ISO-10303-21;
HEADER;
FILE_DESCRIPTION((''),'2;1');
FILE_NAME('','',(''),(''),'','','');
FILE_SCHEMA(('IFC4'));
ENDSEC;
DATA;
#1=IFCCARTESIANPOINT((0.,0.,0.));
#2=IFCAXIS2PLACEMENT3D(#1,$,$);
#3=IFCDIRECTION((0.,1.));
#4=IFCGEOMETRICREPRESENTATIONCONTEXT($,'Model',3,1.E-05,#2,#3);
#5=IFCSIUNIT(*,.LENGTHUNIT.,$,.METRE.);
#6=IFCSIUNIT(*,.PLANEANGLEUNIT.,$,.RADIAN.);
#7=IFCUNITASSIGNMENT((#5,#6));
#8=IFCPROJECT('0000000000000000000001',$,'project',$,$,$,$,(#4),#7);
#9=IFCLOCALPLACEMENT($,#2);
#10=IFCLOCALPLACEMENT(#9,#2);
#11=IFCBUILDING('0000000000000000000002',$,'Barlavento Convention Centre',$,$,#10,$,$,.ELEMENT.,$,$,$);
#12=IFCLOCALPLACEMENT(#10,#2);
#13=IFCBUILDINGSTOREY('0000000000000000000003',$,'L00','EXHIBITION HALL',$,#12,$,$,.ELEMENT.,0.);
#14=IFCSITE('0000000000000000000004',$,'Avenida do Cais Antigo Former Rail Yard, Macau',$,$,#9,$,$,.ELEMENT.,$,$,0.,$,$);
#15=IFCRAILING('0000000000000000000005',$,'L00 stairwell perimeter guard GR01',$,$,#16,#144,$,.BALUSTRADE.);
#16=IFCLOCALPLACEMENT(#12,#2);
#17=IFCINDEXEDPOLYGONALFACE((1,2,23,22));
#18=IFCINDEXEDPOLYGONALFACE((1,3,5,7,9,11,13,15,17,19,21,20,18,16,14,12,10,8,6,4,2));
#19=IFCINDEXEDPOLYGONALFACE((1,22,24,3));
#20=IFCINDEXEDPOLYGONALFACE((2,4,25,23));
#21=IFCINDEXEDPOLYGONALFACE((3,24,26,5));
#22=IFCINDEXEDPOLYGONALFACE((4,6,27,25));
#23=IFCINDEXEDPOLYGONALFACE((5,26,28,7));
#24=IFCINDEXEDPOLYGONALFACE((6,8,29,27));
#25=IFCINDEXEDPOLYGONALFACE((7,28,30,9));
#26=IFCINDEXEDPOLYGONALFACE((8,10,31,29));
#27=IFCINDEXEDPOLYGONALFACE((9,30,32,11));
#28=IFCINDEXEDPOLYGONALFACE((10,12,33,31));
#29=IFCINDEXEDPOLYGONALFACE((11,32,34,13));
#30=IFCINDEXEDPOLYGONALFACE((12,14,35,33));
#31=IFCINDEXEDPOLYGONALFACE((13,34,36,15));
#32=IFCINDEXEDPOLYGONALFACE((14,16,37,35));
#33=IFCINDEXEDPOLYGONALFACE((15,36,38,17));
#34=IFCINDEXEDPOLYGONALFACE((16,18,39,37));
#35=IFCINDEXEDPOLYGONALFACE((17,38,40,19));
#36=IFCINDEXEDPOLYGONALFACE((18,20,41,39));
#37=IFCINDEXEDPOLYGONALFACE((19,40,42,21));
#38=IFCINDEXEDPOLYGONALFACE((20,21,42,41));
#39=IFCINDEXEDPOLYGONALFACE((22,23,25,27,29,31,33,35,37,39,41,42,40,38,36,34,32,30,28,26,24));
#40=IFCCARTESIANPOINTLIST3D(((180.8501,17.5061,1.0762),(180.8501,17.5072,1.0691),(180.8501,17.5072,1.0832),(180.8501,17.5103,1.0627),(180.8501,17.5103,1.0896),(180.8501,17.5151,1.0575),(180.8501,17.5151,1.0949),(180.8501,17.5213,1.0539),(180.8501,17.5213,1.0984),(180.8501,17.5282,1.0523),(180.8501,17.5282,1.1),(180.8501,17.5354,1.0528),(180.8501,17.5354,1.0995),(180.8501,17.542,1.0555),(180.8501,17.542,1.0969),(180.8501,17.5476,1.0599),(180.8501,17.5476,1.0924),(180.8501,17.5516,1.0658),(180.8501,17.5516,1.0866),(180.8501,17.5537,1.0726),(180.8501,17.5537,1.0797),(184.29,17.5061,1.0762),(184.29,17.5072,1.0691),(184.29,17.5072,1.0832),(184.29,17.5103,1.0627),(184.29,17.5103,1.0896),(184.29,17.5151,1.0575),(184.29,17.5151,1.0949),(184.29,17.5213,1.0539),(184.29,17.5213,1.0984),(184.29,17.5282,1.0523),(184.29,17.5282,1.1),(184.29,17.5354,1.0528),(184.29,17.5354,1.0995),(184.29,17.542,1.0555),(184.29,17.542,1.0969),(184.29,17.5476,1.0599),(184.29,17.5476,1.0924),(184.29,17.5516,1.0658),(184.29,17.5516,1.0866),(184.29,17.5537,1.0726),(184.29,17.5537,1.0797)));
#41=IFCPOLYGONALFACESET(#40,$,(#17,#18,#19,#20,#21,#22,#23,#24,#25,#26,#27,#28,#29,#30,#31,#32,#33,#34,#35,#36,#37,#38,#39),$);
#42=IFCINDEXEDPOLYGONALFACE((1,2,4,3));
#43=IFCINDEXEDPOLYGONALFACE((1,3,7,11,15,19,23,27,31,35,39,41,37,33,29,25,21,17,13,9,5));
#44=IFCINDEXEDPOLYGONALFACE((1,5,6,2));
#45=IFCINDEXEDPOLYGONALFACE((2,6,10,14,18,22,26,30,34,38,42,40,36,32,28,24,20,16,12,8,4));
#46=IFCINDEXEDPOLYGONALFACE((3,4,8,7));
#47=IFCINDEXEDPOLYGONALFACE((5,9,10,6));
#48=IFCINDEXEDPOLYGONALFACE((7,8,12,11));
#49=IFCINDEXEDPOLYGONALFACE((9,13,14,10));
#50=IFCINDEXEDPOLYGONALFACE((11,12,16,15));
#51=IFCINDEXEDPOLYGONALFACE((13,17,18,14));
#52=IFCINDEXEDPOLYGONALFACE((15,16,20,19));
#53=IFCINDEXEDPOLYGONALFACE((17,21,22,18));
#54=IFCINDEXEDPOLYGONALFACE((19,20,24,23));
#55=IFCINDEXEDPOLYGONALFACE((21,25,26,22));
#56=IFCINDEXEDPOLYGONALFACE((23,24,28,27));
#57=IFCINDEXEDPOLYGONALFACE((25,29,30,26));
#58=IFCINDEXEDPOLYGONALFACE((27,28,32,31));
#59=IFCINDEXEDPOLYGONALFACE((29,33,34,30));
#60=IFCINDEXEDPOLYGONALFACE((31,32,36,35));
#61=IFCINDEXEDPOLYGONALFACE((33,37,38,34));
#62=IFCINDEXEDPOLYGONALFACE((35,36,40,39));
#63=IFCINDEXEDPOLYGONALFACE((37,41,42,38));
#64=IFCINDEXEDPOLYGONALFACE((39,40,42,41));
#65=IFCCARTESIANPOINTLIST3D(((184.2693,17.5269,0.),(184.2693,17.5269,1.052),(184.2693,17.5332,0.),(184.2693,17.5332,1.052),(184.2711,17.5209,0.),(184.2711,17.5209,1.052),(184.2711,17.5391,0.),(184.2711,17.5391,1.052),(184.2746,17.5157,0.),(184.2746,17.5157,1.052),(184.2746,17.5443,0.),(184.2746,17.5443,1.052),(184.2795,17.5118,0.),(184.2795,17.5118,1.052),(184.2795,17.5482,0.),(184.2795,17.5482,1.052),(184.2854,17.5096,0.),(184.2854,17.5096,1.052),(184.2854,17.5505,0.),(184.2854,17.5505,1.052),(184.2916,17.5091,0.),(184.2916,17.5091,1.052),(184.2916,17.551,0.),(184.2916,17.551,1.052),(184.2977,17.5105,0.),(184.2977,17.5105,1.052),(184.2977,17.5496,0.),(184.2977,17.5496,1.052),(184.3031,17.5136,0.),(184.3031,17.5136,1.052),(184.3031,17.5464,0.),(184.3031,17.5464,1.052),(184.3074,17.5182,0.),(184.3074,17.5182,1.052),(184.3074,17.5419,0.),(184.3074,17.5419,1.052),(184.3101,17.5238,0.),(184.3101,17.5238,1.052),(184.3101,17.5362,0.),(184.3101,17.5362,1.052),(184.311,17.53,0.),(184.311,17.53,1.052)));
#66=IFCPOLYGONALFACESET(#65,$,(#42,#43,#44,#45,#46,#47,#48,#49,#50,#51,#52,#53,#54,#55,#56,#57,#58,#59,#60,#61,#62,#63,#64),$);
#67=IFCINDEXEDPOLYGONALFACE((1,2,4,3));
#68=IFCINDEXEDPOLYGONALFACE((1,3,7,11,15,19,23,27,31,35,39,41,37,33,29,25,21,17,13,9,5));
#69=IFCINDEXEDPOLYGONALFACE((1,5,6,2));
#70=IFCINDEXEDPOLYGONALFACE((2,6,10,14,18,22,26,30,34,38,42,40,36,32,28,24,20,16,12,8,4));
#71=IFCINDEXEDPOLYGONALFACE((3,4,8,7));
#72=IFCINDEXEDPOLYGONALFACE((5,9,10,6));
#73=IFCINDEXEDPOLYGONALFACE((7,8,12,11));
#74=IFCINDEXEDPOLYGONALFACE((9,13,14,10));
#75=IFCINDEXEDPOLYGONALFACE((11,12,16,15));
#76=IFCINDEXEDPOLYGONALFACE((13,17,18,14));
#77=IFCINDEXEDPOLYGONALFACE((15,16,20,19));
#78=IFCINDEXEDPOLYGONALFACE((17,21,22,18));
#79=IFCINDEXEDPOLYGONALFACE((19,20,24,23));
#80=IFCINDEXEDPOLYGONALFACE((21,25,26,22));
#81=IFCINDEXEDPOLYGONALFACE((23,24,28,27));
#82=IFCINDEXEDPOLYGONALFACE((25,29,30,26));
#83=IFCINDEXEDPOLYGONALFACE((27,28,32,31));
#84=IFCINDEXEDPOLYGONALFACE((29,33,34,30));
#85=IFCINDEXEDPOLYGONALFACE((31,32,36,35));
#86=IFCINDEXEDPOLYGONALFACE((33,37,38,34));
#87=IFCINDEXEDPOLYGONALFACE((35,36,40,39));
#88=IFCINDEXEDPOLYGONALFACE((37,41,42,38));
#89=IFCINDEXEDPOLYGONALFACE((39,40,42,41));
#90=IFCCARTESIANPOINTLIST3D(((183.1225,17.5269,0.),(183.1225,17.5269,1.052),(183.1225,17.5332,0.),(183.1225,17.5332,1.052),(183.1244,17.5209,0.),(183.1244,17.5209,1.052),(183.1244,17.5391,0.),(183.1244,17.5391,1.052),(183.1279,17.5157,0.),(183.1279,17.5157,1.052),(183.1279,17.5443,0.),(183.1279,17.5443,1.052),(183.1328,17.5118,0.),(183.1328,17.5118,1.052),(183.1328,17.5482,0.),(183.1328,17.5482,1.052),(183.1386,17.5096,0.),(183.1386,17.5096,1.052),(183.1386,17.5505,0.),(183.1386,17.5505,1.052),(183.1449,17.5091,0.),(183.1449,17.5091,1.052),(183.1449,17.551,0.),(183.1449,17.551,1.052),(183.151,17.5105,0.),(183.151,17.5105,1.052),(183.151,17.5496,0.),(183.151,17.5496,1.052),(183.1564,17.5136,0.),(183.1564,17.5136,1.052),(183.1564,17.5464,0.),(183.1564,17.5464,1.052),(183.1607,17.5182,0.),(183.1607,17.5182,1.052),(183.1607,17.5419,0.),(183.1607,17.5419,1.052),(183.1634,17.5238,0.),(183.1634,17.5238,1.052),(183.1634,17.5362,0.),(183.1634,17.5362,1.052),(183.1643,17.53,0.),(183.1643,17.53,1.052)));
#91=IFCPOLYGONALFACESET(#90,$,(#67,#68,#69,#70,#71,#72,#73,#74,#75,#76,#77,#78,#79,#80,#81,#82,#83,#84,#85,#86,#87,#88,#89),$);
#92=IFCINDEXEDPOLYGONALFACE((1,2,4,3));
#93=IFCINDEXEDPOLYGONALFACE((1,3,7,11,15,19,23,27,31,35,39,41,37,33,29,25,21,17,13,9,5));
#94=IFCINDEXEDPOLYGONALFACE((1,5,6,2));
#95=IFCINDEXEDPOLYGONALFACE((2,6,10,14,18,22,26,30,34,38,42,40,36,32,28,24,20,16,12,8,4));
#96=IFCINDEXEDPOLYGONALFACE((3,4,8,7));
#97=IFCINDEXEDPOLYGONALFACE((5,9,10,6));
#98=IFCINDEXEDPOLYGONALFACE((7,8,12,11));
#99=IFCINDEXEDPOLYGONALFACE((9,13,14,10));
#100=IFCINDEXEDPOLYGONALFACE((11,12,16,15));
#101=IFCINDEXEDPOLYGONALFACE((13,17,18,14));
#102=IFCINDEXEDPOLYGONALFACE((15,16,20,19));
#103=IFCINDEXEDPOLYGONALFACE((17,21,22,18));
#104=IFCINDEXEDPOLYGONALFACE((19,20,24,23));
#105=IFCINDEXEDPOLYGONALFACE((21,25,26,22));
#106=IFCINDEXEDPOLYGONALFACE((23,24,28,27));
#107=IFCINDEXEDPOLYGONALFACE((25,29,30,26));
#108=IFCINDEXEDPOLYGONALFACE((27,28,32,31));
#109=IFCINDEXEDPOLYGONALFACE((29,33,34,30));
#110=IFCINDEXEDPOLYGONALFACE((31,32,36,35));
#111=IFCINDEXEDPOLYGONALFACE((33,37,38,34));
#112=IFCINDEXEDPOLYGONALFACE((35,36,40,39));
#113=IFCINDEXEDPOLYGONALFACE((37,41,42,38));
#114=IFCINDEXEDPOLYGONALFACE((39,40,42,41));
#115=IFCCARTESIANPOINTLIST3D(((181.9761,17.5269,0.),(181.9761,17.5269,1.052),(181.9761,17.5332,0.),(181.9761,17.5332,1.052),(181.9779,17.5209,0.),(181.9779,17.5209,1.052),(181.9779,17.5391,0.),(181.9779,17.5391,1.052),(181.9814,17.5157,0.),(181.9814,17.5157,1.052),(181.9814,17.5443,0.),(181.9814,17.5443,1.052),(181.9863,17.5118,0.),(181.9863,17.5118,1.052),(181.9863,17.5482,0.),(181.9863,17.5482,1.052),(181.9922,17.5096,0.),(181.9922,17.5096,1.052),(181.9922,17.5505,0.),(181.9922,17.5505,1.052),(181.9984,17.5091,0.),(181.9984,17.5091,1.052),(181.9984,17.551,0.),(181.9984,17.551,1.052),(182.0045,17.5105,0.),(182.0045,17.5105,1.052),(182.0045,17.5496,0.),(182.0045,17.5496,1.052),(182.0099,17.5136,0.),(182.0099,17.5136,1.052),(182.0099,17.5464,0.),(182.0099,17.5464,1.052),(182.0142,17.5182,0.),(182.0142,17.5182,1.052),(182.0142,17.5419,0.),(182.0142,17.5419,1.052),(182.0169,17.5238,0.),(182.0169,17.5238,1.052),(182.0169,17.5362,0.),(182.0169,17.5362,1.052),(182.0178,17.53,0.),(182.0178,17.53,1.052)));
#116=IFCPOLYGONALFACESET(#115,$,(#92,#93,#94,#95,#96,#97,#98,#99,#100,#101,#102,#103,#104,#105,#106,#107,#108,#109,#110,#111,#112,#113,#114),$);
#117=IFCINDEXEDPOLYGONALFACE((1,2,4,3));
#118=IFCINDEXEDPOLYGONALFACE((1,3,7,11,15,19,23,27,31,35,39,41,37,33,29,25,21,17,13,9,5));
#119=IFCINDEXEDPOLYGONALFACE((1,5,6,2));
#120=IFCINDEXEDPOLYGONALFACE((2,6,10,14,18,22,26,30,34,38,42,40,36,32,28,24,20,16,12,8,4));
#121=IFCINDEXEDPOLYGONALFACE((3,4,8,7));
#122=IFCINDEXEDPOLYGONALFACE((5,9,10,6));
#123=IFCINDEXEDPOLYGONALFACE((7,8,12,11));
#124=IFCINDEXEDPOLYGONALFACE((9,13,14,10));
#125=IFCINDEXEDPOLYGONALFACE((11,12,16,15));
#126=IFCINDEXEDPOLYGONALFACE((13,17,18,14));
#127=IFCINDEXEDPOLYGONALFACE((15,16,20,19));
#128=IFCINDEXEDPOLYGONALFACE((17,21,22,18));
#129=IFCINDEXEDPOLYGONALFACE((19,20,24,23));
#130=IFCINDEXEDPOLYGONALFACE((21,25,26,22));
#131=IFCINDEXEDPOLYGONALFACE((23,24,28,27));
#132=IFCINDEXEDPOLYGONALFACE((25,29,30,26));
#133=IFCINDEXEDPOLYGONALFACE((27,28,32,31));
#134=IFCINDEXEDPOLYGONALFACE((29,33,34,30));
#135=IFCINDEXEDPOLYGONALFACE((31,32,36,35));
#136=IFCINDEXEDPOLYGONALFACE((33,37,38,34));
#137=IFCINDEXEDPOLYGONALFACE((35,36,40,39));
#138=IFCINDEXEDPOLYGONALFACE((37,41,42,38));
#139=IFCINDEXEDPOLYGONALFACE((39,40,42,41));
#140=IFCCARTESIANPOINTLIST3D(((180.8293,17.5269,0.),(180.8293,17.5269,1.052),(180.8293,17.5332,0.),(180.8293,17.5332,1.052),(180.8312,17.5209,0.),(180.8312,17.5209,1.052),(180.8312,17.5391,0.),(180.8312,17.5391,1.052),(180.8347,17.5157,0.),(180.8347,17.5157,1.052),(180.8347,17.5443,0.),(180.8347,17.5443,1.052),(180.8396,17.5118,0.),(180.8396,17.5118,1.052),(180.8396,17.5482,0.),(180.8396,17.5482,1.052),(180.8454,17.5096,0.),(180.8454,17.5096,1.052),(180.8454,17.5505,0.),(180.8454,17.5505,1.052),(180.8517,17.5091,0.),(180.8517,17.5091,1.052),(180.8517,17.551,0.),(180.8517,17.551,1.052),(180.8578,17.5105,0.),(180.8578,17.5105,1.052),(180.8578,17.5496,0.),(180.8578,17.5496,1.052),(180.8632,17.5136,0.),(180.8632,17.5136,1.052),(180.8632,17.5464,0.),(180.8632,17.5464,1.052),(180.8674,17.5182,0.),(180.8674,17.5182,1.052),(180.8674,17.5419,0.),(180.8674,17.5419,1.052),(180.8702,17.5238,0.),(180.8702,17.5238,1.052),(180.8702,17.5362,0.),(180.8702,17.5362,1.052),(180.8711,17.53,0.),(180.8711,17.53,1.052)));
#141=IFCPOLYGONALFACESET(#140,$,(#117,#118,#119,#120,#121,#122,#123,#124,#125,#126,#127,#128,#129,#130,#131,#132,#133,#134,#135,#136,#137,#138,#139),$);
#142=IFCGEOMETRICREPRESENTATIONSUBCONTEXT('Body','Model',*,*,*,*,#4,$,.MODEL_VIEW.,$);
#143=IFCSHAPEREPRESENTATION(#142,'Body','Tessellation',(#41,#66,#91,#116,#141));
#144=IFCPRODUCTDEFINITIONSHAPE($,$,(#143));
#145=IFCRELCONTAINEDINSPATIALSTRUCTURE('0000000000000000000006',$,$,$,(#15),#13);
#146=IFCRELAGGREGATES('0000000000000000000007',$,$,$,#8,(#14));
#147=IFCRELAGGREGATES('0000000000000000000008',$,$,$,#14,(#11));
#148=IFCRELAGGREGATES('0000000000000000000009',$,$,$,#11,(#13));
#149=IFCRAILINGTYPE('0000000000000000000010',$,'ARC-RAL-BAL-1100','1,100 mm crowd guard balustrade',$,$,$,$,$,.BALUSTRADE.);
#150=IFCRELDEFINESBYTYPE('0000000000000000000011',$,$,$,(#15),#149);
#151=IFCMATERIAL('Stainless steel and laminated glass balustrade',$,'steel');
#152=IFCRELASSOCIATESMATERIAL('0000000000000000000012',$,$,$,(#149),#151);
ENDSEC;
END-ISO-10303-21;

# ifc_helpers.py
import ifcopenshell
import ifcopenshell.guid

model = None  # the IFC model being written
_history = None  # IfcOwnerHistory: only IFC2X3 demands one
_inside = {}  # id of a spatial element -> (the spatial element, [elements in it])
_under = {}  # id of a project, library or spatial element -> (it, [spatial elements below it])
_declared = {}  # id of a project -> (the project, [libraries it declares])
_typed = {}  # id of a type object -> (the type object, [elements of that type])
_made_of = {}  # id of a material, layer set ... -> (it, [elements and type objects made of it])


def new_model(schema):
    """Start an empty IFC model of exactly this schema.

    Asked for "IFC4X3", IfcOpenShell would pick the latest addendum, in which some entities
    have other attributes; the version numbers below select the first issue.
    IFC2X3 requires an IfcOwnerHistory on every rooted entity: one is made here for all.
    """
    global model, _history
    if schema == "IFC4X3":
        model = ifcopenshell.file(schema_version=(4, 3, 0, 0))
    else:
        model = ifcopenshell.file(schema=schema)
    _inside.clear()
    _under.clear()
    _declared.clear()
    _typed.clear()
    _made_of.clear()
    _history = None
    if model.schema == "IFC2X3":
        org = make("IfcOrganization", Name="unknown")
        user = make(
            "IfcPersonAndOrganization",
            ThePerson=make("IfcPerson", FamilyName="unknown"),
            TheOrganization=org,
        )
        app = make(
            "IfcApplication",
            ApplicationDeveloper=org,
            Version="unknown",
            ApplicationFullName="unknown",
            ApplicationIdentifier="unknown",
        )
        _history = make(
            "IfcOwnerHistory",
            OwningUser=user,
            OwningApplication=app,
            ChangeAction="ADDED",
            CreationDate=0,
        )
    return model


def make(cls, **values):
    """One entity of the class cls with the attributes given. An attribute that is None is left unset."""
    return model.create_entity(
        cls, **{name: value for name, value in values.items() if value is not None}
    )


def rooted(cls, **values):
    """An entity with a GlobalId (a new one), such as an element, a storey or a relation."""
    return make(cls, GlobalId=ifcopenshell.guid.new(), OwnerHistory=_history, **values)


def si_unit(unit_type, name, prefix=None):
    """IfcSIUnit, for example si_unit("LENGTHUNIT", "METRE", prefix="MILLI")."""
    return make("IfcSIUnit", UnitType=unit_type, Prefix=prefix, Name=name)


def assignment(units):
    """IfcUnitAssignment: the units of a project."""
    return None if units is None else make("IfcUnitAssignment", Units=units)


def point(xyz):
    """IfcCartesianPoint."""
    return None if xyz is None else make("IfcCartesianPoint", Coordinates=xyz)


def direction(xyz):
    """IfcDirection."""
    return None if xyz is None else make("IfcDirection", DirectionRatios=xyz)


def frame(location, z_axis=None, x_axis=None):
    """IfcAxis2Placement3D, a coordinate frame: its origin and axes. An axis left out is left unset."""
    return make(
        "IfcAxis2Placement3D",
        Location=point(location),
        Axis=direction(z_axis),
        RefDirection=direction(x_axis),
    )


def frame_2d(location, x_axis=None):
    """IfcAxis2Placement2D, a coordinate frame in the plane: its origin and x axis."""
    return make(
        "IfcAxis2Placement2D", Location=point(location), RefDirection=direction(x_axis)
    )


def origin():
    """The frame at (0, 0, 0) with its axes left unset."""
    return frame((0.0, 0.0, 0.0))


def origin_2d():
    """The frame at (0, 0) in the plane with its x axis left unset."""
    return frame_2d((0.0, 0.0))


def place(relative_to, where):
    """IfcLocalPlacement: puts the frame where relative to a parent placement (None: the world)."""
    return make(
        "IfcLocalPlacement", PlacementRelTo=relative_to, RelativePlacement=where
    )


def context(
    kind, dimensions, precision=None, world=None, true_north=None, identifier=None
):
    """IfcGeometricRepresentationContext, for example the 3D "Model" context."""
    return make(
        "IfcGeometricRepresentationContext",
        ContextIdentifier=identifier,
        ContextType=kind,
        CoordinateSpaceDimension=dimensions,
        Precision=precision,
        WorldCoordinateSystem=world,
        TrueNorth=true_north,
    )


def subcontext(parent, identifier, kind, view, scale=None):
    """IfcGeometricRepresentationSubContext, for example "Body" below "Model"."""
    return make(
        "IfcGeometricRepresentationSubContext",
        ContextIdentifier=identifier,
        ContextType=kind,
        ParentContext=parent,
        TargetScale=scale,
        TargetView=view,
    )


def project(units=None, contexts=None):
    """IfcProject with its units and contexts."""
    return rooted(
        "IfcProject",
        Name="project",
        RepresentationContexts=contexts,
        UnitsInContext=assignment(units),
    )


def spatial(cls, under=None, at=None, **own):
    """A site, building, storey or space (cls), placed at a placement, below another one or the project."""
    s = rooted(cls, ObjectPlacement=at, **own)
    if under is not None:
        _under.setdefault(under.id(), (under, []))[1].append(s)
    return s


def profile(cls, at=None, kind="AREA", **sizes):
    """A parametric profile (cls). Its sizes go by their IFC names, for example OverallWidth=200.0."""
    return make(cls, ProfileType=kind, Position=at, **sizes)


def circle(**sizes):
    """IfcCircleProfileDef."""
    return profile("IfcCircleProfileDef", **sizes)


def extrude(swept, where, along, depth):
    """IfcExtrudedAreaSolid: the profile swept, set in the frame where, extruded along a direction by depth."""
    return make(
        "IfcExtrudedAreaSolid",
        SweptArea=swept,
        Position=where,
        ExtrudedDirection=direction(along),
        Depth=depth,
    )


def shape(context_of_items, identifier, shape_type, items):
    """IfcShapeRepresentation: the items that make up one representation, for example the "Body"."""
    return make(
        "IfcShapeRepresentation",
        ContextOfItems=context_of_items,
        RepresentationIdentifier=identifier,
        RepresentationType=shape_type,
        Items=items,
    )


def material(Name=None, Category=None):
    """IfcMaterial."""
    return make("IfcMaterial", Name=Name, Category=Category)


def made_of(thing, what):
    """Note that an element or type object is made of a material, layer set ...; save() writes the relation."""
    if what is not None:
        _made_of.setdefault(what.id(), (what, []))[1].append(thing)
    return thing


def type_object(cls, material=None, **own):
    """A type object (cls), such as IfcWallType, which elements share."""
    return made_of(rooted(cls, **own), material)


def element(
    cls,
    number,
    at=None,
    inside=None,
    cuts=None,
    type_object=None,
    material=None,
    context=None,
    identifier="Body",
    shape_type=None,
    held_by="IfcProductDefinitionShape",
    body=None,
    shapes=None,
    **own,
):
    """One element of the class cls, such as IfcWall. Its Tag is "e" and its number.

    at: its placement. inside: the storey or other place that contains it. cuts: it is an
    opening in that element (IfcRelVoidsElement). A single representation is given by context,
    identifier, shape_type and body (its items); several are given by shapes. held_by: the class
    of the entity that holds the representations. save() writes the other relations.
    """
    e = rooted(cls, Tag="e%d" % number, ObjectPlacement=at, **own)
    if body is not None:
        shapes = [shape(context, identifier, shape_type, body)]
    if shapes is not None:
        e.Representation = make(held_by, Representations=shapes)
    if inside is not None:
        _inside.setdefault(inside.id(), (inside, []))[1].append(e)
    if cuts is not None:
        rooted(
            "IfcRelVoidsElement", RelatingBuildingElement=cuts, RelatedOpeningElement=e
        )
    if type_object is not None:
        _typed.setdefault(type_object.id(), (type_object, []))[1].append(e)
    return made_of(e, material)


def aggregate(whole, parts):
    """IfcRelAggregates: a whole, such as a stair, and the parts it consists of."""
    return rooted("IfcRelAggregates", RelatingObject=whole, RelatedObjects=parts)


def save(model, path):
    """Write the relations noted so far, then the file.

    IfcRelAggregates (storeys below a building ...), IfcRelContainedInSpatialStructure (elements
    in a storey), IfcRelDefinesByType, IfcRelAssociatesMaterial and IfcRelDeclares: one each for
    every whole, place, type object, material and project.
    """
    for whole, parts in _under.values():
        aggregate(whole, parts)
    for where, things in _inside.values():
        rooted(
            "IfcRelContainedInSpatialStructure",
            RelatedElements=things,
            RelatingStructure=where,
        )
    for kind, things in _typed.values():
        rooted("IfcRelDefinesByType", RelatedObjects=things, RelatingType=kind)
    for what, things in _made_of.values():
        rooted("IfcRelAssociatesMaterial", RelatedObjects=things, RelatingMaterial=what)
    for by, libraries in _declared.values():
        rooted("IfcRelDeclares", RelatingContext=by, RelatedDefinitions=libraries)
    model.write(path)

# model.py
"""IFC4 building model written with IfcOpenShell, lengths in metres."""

from ifc_helpers import new_model, si_unit, direction, frame, origin, origin_2d, place, context, subcontext, project, spatial, circle, extrude, material, type_object, element, save


model = new_model("IFC4")

# Units and contexts
model_context = context("Model", 3, precision=1e-05, world=origin(), true_north=direction((0.0, 1.0)))
body_context = subcontext(model_context, "Body", "Model", "MODEL_VIEW")
ifc_project = project(units=[si_unit("LENGTHUNIT", "METRE"), si_unit("PLANEANGLEUNIT", "RADIAN")], contexts=[model_context])

# Site, building, storey
site_placement = place(None, origin())
site = spatial("IfcSite", under=ifc_project, at=site_placement, Name="Avenida do Cais Antigo Former Rail Yard, Macau", CompositionType="ELEMENT", RefElevation=0.0)
building_placement = place(site_placement, origin())
building = spatial("IfcBuilding", under=site, at=building_placement, Name="Barlavento Convention Centre", CompositionType="ELEMENT")
storey_placement = place(building_placement, origin())
storey = spatial("IfcBuildingStorey", under=building, at=storey_placement, Name="L00", Description="EXHIBITION HALL", CompositionType="ELEMENT", Elevation=0.0)

# Railing
ifc_material_1 = material(Name="Stainless steel and laminated glass balustrade", Category="steel")
railing_type = type_object("IfcRailingType", Name="ARC-RAL-BAL-1100", Description="1,100 mm crowd guard balustrade", PredefinedType="BALUSTRADE", material=ifc_material_1)
for number, where, name in (
    (1, (184.29, 17.53, 0.0), "L00 stairwell perimeter guard GR01"),
):
    element("IfcRailing", number, at=place(storey_placement, frame(where)), inside=storey, type_object=railing_type, Name=name, PredefinedType="BALUSTRADE", context=body_context, shape_type="SweptSolid", body=[
        extrude(circle(Radius=0.0239, at=origin_2d()), frame((0.0, 0.0, 1.0762), z_axis=(-1.0, 0.0, 0.0), x_axis=(0.0, -1.0, 0.0)), (0.0, 0.0, 1.0), 3.4399),
        extrude(circle(Radius=0.021, at=origin_2d()), origin(), (0.0, 0.0, 1.0), 1.052),
        extrude(circle(Radius=0.021, at=origin_2d()), frame((-1.1467, 0.0, 0.0)), (0.0, 0.0, 1.0), 1.052),
        extrude(circle(Radius=0.021, at=origin_2d()), frame((-2.2932, 0.0, 0.0)), (0.0, 0.0, 1.0), 1.052),
        extrude(circle(Radius=0.021, at=origin_2d()), frame((-3.4399, 0.0, 0.0)), (0.0, 0.0, 1.0), 1.052),
    ])

save(model, "model.ifc")
